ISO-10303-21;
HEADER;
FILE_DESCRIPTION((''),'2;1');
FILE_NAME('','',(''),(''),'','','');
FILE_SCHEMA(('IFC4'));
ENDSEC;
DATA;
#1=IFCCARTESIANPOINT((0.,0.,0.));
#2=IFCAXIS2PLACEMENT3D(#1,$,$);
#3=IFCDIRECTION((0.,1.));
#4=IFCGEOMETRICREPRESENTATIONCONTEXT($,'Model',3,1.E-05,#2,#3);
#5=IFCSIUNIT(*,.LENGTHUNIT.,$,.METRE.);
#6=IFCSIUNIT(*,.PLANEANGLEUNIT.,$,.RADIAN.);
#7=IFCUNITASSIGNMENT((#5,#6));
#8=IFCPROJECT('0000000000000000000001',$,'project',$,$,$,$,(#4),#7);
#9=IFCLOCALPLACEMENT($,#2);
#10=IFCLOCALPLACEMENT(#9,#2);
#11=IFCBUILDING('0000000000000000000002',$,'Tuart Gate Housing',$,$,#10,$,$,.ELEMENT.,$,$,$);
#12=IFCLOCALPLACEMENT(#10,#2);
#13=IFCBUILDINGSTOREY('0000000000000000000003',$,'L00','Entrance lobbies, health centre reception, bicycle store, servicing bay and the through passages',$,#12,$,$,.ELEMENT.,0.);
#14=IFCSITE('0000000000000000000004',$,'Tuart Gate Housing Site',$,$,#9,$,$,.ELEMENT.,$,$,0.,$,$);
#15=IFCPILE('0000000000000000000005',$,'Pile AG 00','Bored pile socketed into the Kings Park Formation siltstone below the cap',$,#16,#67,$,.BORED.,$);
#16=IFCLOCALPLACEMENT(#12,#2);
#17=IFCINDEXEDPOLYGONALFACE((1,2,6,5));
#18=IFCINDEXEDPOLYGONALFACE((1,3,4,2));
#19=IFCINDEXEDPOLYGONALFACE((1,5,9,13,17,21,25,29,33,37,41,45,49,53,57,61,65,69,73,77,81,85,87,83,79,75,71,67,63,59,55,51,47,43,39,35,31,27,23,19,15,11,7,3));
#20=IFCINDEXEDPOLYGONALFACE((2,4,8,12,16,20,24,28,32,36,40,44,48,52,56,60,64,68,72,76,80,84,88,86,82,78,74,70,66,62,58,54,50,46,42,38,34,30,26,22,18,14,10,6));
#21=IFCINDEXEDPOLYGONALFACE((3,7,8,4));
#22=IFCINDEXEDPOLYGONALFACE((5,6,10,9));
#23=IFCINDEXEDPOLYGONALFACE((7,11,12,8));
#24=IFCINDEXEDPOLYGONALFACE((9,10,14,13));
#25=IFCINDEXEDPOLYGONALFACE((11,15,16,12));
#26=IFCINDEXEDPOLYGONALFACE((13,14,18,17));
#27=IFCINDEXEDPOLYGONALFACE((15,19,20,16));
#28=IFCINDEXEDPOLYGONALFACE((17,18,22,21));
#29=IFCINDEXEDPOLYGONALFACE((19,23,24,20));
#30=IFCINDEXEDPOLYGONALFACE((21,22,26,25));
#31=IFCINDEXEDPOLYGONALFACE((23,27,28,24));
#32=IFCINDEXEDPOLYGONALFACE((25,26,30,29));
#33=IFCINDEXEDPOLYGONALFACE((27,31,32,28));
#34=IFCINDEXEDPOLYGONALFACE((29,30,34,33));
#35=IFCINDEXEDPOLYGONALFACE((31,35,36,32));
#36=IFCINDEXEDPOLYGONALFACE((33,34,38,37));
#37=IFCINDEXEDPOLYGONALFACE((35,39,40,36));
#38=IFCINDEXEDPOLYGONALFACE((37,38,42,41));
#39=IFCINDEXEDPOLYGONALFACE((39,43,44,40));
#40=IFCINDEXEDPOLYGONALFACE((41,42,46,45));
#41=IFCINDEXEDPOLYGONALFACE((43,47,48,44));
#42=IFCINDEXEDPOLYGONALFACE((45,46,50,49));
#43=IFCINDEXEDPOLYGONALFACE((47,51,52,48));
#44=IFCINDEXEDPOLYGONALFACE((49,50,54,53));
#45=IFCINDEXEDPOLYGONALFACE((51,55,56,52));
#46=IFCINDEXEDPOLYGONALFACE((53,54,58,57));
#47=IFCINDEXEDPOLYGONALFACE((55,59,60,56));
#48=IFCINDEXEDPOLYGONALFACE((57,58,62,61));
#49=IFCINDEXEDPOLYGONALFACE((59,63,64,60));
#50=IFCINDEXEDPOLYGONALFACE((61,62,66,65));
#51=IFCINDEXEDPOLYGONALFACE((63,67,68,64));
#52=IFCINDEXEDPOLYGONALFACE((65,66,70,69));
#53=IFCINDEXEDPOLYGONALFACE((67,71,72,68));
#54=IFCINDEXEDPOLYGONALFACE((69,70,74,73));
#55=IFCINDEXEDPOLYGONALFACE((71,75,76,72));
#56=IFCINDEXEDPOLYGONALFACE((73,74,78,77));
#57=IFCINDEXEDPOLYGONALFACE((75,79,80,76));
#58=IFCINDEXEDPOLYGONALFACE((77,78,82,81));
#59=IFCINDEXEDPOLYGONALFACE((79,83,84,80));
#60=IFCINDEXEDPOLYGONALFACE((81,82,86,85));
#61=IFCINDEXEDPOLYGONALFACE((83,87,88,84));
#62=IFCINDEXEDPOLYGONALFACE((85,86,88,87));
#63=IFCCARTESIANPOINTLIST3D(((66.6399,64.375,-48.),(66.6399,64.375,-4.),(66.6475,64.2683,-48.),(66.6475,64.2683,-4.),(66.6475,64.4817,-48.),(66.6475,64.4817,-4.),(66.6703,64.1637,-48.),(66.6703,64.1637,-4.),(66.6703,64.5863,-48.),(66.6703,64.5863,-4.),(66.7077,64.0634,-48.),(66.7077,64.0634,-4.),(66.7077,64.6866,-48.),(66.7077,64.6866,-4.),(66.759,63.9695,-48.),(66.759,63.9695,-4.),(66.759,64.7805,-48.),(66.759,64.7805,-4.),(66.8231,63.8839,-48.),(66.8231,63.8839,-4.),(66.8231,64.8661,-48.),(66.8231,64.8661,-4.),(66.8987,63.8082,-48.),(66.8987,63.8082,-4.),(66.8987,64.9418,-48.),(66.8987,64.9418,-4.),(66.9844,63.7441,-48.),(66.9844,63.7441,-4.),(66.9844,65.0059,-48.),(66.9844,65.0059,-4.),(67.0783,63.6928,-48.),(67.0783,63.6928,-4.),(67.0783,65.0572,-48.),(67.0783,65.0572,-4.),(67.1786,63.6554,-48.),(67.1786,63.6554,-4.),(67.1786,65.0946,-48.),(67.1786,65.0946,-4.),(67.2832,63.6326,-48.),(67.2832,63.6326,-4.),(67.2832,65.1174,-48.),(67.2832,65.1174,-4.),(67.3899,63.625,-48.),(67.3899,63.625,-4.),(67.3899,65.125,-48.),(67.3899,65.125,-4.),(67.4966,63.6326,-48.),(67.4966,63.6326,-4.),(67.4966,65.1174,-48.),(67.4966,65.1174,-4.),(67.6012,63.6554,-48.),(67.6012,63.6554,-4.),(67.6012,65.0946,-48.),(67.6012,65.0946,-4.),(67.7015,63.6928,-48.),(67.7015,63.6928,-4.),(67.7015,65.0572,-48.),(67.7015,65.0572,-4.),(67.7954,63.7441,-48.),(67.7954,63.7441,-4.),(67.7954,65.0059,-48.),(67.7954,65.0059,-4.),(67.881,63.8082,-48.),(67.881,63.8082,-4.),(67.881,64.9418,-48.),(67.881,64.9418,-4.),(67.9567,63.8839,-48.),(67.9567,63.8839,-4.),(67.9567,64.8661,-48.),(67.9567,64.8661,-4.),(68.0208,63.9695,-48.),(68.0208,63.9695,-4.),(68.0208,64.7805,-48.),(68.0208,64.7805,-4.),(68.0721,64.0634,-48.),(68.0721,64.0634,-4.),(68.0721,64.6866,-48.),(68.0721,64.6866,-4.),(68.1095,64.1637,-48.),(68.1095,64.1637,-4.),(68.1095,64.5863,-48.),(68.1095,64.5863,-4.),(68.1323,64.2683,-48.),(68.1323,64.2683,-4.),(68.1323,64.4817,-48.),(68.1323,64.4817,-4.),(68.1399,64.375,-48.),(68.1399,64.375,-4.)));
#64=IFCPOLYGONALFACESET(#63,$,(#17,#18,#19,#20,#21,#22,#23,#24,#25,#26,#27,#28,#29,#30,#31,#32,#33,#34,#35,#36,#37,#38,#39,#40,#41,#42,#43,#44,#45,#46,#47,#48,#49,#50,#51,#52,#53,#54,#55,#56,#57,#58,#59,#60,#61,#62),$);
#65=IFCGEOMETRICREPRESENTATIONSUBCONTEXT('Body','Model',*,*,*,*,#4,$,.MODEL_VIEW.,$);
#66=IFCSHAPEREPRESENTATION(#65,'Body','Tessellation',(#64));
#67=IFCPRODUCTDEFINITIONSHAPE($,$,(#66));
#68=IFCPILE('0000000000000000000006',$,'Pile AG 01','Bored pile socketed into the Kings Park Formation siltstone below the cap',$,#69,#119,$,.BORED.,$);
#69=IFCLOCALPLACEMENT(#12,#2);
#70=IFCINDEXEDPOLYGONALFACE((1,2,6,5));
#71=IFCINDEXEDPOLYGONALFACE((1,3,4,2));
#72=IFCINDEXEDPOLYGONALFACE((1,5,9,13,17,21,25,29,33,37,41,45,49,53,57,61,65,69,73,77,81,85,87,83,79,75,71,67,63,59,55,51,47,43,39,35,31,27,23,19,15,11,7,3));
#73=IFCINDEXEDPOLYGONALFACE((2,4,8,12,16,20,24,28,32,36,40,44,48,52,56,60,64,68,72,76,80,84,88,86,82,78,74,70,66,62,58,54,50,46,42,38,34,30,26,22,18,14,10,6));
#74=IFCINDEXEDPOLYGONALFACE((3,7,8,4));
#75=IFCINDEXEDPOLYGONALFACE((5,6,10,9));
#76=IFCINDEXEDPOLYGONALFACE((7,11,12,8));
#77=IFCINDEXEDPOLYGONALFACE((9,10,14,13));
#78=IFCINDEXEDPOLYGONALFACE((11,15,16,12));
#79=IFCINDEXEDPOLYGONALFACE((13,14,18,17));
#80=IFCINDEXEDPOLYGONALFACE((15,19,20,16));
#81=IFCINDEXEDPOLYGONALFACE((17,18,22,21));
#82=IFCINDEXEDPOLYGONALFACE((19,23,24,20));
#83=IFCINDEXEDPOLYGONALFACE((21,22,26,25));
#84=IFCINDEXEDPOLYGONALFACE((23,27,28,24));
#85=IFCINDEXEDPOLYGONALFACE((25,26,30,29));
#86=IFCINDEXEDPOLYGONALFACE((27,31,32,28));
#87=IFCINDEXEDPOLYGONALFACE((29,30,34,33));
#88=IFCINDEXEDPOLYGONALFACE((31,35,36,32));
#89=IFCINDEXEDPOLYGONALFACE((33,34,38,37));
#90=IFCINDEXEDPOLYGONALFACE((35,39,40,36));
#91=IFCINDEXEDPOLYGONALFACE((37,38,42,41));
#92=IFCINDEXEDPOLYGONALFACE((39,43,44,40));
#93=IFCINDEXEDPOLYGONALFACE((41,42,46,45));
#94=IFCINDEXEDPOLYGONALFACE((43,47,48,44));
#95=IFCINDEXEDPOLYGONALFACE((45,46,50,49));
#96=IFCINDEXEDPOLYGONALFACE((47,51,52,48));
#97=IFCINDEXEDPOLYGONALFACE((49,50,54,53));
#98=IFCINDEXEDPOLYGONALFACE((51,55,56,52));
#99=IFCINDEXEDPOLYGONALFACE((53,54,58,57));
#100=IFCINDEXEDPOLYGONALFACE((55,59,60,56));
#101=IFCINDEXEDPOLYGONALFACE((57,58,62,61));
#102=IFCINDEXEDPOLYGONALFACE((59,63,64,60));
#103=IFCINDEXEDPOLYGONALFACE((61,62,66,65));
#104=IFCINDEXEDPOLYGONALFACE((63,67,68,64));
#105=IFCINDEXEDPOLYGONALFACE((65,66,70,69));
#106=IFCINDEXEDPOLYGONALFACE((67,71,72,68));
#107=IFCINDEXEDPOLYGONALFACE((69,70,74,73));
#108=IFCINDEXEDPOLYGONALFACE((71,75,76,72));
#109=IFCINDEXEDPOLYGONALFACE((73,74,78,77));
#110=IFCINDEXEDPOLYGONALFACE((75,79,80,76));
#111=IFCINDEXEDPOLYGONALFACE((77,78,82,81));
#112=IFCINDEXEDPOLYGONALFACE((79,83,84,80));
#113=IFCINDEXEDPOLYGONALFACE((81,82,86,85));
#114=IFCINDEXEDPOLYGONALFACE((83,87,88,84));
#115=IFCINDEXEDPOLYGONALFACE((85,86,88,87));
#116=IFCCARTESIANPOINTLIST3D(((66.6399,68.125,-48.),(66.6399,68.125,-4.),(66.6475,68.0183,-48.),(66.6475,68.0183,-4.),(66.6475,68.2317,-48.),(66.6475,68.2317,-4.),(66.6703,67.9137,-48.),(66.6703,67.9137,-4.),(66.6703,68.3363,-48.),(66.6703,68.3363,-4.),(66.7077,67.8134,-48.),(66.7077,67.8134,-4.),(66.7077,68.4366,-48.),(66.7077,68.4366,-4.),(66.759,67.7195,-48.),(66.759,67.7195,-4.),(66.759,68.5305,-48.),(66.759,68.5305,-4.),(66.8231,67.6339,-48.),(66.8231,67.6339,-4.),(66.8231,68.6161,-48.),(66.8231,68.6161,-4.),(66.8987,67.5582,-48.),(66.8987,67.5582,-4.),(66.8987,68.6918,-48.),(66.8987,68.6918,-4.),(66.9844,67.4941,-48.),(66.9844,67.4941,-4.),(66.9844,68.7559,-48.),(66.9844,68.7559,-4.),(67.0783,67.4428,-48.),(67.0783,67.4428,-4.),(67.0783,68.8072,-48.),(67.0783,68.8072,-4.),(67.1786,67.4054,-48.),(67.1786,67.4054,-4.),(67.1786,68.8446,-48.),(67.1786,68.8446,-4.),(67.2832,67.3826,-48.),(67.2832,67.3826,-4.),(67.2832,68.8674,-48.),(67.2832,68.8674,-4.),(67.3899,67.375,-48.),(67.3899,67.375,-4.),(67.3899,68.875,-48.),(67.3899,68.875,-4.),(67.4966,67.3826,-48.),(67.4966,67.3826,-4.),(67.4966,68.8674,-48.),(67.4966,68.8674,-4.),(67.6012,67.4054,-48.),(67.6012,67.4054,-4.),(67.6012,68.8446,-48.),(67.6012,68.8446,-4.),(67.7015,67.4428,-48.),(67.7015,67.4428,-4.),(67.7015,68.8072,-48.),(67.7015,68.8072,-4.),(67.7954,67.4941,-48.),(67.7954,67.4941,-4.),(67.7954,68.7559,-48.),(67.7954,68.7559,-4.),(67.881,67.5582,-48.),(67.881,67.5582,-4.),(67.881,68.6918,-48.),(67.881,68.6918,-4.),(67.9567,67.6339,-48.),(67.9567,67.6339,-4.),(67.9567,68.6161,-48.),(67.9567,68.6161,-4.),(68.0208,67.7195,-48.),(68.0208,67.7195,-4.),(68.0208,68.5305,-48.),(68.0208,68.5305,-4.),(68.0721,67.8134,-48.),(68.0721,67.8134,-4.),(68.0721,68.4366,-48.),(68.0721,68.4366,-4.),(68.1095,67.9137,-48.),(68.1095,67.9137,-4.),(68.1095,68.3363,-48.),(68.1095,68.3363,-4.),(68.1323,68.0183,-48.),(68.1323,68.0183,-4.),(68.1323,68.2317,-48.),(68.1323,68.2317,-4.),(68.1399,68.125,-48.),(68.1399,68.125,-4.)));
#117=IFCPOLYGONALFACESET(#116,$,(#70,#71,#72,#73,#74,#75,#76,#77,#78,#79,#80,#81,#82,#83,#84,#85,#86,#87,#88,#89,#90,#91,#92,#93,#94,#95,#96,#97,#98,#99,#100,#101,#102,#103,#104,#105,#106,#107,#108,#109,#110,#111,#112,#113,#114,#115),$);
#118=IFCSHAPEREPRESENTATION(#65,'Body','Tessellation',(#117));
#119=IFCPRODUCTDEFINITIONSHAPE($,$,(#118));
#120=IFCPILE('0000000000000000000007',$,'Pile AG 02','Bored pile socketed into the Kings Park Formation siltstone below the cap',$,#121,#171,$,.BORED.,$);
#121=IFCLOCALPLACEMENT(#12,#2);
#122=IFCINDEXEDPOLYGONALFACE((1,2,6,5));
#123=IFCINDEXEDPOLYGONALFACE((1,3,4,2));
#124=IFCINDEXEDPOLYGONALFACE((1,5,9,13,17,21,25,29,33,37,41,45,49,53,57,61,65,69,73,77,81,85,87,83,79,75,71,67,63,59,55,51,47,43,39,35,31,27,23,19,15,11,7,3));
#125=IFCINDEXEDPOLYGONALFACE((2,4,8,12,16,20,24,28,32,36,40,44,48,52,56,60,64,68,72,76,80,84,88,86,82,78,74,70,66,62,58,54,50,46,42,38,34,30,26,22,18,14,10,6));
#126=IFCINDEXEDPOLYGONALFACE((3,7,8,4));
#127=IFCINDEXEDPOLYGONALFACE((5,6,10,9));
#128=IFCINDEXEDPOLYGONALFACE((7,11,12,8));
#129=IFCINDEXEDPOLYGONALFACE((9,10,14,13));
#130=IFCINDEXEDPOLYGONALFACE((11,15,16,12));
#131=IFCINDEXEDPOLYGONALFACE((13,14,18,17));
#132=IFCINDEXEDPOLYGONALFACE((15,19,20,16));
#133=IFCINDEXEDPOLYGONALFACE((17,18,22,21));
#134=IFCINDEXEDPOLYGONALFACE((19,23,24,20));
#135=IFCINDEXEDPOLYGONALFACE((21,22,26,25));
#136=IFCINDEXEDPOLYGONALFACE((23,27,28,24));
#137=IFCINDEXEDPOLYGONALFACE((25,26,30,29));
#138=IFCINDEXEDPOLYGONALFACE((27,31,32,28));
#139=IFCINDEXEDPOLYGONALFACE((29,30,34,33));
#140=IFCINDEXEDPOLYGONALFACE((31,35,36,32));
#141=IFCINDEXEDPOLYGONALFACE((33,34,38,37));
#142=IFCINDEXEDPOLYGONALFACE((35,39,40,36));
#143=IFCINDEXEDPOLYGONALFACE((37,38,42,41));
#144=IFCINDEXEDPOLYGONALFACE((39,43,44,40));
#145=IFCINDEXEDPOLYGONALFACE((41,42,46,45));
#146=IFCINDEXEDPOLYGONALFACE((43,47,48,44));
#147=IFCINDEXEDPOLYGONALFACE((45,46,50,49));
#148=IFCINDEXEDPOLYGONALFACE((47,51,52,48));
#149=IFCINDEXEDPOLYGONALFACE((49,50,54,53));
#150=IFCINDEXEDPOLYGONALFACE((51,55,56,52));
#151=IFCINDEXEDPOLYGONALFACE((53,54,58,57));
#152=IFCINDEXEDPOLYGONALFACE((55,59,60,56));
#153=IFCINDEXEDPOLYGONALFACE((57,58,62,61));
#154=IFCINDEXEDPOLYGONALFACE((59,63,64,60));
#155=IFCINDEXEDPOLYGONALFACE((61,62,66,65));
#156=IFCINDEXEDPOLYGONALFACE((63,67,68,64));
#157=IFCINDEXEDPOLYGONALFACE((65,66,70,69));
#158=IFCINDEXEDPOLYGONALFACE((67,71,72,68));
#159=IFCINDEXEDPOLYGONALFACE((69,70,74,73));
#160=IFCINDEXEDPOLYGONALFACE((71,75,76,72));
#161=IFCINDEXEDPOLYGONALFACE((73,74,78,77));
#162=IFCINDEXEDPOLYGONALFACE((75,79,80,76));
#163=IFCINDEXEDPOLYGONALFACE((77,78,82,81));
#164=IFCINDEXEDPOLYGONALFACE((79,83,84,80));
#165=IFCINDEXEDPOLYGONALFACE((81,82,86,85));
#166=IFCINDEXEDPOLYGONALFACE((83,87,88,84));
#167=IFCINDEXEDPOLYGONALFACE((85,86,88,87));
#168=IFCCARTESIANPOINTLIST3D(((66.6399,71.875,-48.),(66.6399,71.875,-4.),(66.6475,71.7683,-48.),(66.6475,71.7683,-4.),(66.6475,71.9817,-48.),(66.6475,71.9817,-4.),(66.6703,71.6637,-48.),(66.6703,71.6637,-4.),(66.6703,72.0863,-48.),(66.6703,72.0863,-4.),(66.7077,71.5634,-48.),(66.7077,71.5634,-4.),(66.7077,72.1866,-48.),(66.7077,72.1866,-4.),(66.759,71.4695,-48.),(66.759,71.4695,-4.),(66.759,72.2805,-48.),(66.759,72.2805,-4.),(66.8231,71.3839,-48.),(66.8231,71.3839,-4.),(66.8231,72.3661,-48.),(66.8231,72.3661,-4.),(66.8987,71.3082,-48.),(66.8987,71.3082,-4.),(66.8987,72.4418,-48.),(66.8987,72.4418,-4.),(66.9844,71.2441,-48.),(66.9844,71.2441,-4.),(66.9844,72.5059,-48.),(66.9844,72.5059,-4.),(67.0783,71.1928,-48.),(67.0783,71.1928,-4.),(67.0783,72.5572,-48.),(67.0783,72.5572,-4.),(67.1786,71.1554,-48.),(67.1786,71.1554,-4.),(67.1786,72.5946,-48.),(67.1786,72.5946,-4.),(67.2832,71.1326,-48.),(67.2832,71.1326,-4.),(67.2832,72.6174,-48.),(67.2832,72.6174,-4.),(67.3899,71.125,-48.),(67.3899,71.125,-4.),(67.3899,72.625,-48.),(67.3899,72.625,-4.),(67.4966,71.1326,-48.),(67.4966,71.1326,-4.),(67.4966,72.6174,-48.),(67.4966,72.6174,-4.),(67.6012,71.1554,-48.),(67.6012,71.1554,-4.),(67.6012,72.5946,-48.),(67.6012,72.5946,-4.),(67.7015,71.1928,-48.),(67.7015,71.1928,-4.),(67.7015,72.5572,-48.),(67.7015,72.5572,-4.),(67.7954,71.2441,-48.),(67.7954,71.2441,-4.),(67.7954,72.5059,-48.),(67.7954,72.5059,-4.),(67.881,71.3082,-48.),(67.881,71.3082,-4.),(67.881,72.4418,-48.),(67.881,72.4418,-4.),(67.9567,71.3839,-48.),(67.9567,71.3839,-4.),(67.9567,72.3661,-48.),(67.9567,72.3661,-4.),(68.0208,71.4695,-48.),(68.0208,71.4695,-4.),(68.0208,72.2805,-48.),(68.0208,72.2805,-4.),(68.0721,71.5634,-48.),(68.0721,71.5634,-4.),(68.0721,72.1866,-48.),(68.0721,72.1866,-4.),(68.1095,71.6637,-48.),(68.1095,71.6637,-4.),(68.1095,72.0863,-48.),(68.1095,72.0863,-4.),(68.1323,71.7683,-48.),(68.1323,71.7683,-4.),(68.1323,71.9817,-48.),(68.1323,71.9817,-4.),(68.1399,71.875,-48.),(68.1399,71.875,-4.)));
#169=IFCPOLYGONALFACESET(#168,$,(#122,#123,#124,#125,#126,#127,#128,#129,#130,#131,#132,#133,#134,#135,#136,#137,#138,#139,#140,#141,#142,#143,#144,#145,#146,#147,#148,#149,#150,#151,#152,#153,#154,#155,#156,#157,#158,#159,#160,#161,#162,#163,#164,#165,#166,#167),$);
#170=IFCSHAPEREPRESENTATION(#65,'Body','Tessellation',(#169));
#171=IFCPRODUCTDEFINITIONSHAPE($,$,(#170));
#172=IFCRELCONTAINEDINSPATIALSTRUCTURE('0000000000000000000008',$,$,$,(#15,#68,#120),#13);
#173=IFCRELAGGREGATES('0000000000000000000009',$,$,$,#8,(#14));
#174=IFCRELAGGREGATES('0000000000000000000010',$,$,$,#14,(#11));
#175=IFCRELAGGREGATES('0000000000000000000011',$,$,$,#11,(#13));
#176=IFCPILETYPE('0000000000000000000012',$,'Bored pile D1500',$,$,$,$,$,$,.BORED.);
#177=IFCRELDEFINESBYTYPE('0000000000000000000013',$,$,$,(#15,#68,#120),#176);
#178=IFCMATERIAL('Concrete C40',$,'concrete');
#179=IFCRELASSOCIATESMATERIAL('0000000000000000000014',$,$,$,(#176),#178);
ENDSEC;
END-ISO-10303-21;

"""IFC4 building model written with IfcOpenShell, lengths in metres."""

from ifc_helpers import new_model, si_unit, direction, frame, origin, origin_2d, place, context, subcontext, project, spatial, circle, extrude, material, material_profile, profile_set, type_object, element, save


model = new_model("IFC4")

# Units and contexts
model_context = context("Model", 3, precision=1e-05, world=origin(), true_north=direction((0.0, 1.0)))
body_context = subcontext(model_context, "Body", "Model", "MODEL_VIEW")
ifc_project = project(units=[si_unit("LENGTHUNIT", "METRE"), si_unit("PLANEANGLEUNIT", "RADIAN")], contexts=[model_context])

# Site, building, storey
site_placement = place(None, origin())
site = spatial("IfcSite", under=ifc_project, at=site_placement, Name="Tuart Gate Housing Site", CompositionType="ELEMENT", RefElevation=0.0)
building_placement = place(site_placement, origin())
building = spatial("IfcBuilding", under=site, at=building_placement, Name="Tuart Gate Housing", CompositionType="ELEMENT")
storey_placement = place(building_placement, origin())
storey = spatial("IfcBuildingStorey", under=building, at=storey_placement, Name="L00", Description="Entrance lobbies, health centre reception, bicycle store, servicing bay and the through passages", CompositionType="ELEMENT", Elevation=0.0)

# Piles
ifc_material_1 = material(Name="Concrete C40", Category="concrete")
ifc_material_profile_1 = material_profile(ifc_material_1, circle(Radius=0.75, at=origin_2d()), Name="Bored pile D1500")
ifc_profile_set_1 = profile_set([ifc_material_profile_1], Name="Concrete C40")
pile_type_1 = type_object("IfcPileType", Name="Bored pile D1500", PredefinedType="BORED", material=ifc_profile_set_1)
for number, where, z_axis, x_axis, name in (
    (1, (67.3899, 64.375, -4.0), (0.0, 0.0, -1.0), (1.0, 0.0, 0.0), "Pile AG 00"),
    (2, (67.3899, 68.125, -4.0), (0.0, 0.0, -1.0), (1.0, 0.0, 0.0), "Pile AG 01"),
    (3, (67.3899, 71.875, -4.0), (0.0, 0.0, -1.0), (1.0, 0.0, 0.0), "Pile AG 02"),
):
    element("IfcPile", number, at=place(storey_placement, frame(where, z_axis=z_axis, x_axis=x_axis)), inside=storey, type_object=pile_type_1, Name=name, Description="Bored pile socketed into the Kings Park Formation siltstone below the cap", PredefinedType="BORED", context=body_context, shape_type="SweptSolid", body=[
        extrude(circle(Radius=0.75, at=origin_2d()), origin(), (0.0, 0.0, 1.0), 44.0),
    ])

save(model, "model.ifc")
